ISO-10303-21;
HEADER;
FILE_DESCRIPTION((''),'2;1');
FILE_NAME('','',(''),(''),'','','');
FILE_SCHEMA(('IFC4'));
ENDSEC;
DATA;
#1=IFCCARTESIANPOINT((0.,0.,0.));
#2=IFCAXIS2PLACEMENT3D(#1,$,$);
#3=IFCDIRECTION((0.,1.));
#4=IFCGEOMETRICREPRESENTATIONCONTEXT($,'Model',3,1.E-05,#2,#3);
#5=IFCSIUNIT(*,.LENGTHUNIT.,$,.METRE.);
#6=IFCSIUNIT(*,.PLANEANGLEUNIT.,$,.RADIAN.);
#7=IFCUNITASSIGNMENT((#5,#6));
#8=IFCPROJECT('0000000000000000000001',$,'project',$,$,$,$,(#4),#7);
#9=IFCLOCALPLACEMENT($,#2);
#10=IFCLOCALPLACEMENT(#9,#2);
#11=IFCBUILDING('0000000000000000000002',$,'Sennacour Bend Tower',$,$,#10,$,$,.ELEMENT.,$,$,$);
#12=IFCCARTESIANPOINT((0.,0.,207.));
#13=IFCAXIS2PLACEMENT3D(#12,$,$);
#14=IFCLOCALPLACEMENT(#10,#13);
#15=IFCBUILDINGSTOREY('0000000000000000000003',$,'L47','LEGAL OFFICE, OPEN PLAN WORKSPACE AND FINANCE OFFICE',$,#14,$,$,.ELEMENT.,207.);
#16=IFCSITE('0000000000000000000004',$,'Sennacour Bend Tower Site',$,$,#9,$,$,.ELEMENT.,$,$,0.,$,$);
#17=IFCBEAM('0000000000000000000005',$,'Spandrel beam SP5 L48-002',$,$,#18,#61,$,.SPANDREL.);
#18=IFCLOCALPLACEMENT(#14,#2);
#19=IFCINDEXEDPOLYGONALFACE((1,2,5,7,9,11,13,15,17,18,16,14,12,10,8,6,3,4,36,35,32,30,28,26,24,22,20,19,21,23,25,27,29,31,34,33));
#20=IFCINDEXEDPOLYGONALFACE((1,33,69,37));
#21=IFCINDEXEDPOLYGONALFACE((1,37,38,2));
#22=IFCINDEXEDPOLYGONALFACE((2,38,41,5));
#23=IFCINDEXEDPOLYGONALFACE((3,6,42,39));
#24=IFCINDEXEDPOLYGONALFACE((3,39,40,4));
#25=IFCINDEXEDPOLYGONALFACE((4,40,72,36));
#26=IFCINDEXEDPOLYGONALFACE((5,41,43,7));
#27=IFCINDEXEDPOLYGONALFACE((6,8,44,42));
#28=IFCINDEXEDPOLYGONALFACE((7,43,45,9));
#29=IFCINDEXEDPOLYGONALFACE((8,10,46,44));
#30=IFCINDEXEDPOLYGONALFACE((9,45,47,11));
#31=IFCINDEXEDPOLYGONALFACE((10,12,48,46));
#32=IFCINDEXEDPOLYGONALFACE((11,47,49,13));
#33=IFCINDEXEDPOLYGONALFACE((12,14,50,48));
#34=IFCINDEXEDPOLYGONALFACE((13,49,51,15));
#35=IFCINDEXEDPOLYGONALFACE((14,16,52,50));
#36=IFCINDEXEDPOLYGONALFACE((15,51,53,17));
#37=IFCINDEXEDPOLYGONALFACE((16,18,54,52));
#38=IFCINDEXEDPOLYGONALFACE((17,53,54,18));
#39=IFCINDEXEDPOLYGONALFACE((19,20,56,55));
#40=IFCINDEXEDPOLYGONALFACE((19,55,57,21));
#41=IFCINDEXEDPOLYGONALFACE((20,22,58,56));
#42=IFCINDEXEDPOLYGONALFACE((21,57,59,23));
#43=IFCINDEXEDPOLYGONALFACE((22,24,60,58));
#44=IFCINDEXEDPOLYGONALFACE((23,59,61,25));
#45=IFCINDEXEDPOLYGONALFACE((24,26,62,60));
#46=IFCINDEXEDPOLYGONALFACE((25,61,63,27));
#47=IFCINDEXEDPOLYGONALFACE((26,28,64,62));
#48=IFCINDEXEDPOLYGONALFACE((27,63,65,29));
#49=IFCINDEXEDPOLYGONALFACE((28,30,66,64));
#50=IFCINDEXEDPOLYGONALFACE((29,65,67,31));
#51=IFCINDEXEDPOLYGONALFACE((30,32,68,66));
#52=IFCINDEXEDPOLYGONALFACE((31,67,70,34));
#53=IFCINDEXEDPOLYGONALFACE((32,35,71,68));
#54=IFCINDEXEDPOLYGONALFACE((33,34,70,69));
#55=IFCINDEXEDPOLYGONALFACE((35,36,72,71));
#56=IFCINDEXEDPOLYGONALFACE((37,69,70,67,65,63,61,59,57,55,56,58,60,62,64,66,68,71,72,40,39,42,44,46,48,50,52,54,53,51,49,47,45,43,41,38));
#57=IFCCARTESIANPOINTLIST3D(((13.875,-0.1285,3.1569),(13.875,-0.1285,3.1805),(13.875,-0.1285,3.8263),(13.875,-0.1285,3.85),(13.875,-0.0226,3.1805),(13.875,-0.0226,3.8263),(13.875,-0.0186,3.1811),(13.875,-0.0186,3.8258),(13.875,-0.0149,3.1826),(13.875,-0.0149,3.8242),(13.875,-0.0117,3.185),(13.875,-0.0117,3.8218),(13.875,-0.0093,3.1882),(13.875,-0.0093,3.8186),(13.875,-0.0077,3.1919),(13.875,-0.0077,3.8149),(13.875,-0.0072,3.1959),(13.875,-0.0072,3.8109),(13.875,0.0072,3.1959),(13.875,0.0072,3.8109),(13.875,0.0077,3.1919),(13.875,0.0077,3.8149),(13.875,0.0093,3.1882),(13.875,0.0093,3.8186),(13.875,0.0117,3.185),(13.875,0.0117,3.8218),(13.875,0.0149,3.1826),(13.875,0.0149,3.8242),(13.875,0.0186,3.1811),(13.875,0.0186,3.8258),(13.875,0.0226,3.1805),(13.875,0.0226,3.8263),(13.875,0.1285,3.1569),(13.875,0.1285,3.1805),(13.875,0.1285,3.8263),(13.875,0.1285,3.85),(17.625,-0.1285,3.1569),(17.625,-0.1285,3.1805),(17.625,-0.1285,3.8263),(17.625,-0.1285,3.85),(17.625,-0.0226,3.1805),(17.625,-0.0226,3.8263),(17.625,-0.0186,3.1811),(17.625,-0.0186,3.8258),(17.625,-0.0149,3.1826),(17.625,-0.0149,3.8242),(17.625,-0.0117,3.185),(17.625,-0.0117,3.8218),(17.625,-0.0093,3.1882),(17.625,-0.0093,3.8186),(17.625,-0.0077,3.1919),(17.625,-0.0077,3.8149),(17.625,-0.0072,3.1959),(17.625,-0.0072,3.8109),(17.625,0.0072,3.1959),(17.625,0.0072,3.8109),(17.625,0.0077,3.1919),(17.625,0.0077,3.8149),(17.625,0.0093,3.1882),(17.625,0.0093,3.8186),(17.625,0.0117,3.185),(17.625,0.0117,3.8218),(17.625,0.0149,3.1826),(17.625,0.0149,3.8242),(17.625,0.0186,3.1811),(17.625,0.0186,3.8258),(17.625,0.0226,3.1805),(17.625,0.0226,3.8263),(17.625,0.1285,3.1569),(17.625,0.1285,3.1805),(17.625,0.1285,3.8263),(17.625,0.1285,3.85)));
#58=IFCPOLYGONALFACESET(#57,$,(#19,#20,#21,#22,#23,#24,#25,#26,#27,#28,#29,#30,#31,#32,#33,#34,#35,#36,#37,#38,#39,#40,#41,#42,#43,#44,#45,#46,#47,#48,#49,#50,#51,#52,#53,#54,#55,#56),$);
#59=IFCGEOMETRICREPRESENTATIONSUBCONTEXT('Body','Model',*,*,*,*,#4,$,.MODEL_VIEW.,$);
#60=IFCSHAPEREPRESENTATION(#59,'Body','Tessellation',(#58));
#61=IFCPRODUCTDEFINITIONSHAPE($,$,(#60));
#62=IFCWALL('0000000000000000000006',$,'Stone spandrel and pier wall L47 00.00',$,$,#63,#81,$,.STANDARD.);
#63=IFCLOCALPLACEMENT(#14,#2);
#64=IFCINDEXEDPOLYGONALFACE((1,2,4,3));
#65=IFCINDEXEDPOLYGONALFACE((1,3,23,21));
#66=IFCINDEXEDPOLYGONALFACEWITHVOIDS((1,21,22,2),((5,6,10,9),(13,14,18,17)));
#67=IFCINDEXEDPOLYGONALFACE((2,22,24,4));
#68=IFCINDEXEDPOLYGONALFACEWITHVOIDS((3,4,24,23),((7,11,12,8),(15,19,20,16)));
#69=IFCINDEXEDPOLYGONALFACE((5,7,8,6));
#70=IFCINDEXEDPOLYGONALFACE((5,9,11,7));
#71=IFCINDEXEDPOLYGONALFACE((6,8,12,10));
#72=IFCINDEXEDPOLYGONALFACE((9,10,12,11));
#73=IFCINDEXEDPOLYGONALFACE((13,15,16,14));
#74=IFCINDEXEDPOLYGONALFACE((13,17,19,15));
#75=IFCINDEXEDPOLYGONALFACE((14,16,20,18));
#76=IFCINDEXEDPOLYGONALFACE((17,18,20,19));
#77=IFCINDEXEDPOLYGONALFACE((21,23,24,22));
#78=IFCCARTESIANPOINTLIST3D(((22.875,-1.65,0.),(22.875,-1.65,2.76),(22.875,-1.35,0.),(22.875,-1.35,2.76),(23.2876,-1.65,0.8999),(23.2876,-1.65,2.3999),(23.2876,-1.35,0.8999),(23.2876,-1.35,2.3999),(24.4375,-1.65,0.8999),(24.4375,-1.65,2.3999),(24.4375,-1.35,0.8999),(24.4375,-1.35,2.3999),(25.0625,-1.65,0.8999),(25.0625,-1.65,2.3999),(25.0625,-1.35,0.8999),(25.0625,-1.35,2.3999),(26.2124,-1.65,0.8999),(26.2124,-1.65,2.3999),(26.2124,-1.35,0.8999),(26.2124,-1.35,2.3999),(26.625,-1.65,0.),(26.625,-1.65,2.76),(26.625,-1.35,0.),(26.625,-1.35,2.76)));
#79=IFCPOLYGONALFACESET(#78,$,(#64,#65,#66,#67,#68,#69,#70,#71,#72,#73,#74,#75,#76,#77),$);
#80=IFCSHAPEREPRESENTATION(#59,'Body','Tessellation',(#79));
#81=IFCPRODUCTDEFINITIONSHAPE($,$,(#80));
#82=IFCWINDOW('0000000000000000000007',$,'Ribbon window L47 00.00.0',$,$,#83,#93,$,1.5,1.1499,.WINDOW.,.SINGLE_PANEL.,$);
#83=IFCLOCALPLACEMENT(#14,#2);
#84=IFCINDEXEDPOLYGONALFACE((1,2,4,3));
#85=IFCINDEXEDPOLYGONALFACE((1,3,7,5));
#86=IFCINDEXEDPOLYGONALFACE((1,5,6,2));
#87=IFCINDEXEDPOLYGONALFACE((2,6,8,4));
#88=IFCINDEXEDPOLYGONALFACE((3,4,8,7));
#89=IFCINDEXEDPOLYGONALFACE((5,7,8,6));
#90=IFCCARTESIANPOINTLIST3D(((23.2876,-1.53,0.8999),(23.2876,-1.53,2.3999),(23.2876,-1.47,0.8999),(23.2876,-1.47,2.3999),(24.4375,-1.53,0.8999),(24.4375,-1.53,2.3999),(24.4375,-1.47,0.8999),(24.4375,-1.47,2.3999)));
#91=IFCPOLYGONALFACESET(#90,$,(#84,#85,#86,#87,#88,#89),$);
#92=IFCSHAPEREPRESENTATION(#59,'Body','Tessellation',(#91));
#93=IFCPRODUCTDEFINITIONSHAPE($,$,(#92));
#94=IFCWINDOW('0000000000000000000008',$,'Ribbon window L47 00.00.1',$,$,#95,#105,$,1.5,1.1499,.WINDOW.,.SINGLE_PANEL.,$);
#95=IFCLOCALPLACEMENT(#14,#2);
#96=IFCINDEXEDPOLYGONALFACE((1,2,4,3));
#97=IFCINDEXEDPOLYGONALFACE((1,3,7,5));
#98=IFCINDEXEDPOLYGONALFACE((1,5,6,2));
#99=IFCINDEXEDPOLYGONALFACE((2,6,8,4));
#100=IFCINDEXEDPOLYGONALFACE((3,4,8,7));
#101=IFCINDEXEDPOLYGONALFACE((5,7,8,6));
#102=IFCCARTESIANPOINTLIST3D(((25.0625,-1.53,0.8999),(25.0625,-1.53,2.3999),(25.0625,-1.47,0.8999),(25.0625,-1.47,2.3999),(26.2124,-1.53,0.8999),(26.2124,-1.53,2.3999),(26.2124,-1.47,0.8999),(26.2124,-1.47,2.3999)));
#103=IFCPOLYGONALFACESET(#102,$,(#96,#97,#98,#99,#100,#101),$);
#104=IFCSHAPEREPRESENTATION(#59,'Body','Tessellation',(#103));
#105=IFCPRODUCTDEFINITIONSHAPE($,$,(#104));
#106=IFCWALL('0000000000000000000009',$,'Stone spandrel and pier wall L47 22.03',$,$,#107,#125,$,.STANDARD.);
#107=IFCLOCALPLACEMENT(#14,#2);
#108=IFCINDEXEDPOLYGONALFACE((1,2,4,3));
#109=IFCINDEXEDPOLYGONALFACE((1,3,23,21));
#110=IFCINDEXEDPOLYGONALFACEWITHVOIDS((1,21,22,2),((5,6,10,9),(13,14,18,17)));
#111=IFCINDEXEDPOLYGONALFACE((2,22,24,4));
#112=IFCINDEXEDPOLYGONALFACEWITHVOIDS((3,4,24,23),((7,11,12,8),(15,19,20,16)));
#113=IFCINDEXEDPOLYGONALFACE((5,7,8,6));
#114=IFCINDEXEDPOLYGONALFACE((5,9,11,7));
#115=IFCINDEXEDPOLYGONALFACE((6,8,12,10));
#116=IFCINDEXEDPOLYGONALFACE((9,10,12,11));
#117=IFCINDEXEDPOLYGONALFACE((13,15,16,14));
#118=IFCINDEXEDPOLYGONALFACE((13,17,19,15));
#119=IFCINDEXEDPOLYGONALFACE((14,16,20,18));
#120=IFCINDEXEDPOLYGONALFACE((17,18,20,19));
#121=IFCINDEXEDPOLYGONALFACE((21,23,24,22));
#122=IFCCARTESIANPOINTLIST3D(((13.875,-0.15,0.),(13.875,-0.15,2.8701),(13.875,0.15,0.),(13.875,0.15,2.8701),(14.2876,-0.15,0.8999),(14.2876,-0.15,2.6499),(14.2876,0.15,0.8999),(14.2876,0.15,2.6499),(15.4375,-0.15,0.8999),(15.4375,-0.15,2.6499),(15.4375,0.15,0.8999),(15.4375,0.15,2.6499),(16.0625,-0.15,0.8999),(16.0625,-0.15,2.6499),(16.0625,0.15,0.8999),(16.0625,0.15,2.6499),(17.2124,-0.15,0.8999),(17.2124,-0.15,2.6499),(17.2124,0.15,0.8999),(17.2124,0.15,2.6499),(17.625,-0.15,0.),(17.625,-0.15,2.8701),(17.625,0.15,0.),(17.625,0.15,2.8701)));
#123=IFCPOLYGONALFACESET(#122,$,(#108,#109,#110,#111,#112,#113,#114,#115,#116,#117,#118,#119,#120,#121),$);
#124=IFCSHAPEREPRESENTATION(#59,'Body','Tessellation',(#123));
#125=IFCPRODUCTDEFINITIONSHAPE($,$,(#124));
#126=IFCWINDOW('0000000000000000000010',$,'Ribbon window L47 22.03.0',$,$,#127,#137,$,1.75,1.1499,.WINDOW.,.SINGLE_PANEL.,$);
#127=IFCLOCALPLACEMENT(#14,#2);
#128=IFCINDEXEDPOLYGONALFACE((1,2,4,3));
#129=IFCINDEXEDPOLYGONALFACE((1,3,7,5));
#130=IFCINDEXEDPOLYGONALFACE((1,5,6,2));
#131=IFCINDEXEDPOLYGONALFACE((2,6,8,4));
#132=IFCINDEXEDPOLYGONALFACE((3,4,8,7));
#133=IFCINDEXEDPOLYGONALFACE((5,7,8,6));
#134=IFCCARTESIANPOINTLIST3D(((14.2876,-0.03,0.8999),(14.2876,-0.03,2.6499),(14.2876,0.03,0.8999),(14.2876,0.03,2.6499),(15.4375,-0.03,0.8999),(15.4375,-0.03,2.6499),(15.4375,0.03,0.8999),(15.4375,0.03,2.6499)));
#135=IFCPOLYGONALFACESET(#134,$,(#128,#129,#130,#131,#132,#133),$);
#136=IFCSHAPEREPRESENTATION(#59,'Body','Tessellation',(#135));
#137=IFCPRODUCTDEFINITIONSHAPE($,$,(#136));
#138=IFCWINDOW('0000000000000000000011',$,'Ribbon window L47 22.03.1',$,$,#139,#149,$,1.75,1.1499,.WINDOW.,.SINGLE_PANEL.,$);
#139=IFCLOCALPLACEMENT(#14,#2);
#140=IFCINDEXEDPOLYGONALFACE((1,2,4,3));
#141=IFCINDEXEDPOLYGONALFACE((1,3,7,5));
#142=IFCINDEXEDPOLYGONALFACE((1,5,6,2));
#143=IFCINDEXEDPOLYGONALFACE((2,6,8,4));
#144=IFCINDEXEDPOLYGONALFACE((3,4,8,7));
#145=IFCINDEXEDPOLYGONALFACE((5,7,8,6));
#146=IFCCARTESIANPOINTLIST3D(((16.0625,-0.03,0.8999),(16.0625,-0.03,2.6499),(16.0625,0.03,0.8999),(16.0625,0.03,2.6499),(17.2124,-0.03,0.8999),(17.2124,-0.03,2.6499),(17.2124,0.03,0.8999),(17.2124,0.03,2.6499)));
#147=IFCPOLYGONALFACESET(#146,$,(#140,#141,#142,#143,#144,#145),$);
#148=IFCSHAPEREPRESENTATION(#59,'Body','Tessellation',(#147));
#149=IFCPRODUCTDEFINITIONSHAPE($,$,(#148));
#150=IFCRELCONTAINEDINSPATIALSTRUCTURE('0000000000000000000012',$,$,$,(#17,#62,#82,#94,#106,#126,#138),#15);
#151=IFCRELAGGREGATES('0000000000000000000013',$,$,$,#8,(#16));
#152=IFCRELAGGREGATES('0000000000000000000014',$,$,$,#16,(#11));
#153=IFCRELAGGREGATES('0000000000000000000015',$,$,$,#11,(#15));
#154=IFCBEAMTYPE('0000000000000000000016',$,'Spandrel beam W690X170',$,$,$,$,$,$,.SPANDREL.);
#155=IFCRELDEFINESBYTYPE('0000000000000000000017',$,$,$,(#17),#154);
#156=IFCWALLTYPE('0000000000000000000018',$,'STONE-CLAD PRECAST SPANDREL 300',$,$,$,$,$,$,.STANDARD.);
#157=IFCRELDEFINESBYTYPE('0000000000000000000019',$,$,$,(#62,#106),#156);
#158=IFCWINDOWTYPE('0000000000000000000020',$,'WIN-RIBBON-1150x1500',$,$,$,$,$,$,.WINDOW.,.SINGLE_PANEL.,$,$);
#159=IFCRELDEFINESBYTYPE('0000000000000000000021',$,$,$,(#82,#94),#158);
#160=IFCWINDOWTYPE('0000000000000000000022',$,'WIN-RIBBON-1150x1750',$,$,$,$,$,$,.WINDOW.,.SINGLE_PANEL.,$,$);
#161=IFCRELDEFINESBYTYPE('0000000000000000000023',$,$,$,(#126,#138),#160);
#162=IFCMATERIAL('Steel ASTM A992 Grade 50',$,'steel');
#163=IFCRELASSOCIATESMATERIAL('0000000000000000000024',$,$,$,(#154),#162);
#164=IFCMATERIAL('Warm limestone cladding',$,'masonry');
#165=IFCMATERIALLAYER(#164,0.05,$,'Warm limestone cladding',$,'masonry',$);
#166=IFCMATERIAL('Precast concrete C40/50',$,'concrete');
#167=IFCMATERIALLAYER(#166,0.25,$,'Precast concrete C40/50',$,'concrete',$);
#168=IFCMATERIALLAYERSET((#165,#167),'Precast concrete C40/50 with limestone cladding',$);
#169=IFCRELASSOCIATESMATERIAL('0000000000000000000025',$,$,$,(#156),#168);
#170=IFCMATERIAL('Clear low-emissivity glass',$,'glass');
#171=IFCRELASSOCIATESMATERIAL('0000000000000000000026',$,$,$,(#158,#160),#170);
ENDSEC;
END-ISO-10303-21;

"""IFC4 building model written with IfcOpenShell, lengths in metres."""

from ifc_helpers import new_model, si_unit, direction, frame, frame_2d, origin, origin_2d, place, context, subcontext, project, spatial, rectangle, i_section, extrude, material, layer, layer_set, material_profile, profile_set, type_object, element, fill, save


model = new_model("IFC4")

# Units and contexts
model_context = context("Model", 3, precision=1e-05, world=origin(), true_north=direction((0.0, 1.0)))
body_context = subcontext(model_context, "Body", "Model", "MODEL_VIEW")
ifc_project = project(units=[si_unit("LENGTHUNIT", "METRE"), si_unit("PLANEANGLEUNIT", "RADIAN")], contexts=[model_context])

# Site, building, storey
site_placement = place(None, origin())
site = spatial("IfcSite", under=ifc_project, at=site_placement, Name="Sennacour Bend Tower Site", CompositionType="ELEMENT", RefElevation=0.0)
building_placement = place(site_placement, origin())
building = spatial("IfcBuilding", under=site, at=building_placement, Name="Sennacour Bend Tower", CompositionType="ELEMENT")
storey_placement = place(building_placement, frame((0.0, 0.0, 207.0)))
storey = spatial("IfcBuildingStorey", under=building, at=storey_placement, Name="L47", Description="LEGAL OFFICE, OPEN PLAN WORKSPACE AND FINANCE OFFICE", CompositionType="ELEMENT", Elevation=207.0)

# Beam
ifc_material_1 = material(Name="Steel ASTM A992 Grade 50", Category="steel")
ifc_material_profile_1 = material_profile(ifc_material_1, i_section(OverallWidth=0.2571, OverallDepth=0.6931, WebThickness=0.0144, FlangeThickness=0.0237, FilletRadius=0.0154, at=origin_2d()), Name="Steel ASTM A992 Grade 50", Category="steel")
ifc_profile_set_1 = profile_set([ifc_material_profile_1], Name="Steel ASTM A992 Grade 50")
beam_type_1 = type_object("IfcBeamType", Name="Spandrel beam W690X170", PredefinedType="SPANDREL", material=ifc_profile_set_1)
for number, where, z_axis, x_axis, name in (
    (1, (17.625, 0.0, 3.5034), (-1.0, 0.0, 0.0), (0.0, -1.0, 0.0), "Spandrel beam SP5 L48-002"),
):
    element("IfcBeam", number, at=place(storey_placement, frame(where, z_axis=z_axis, x_axis=x_axis)), inside=storey, type_object=beam_type_1, Name=name, PredefinedType="SPANDREL", context=body_context, shape_type="SweptSolid", body=[
        extrude(i_section(OverallWidth=0.2571, OverallDepth=0.6931, WebThickness=0.0144, FlangeThickness=0.0237, FilletRadius=0.0154, at=origin_2d()), origin(), (0.0, 0.0, 1.0), 3.75),
    ])

# Walls, openings, windows
ifc_material_2 = material(Name="Warm limestone cladding", Category="masonry")
ifc_layer_1 = layer(ifc_material_2, 0.05, Name="Warm limestone cladding", Category="masonry")
ifc_material_3 = material(Name="Precast concrete C40/50", Category="concrete")
ifc_layer_2 = layer(ifc_material_3, 0.25, Name="Precast concrete C40/50", Category="concrete")
ifc_layer_set = layer_set([ifc_layer_1, ifc_layer_2], Name="Precast concrete C40/50 with limestone cladding")
wall_type = type_object("IfcWallType", Name="STONE-CLAD PRECAST SPANDREL 300", PredefinedType="STANDARD", material=ifc_layer_set)
wall_1_placement = place(storey_placement, frame((22.875, -1.5, 0.0), z_axis=(0.0, 0.0, 1.0), x_axis=(1.0, 0.0, 0.0)))
wall_1 = element("IfcWall", 2, at=wall_1_placement, inside=storey, type_object=wall_type, Name="Stone spandrel and pier wall L47 00.00", PredefinedType="STANDARD", context=body_context, shape_type="SweptSolid", body=[
    extrude(rectangle(XDim=3.75, YDim=0.3, at=frame_2d((1.875, 0.0))), origin(), (0.0, 0.0, 1.0), 2.76),
])
opening_1_placement = place(wall_1_placement, frame((0.4126, 0.0, 0.8999)))
opening_1 = element("IfcOpeningElement", 3, at=opening_1_placement, cuts=wall_1, PredefinedType="OPENING", context=body_context, shape_type="SweptSolid", body=[
    extrude(rectangle(XDim=1.1499, YDim=1.5, at=frame_2d((0.575, 0.75))), frame((0.0, 0.1602, 0.0), z_axis=(0.0, -1.0, 0.0), x_axis=(1.0, 0.0, 0.0)), (0.0, 0.0, 1.0), 0.3201),
])
opening_2_placement = place(wall_1_placement, frame((2.1875, 0.0, 0.8999)))
opening_2 = element("IfcOpeningElement", 4, at=opening_2_placement, cuts=wall_1, PredefinedType="OPENING", context=body_context, shape_type="SweptSolid", body=[
    extrude(rectangle(XDim=1.1499, YDim=1.5, at=frame_2d((0.575, 0.75))), frame((0.0, 0.1602, 0.0), z_axis=(0.0, -1.0, 0.0), x_axis=(1.0, 0.0, 0.0)), (0.0, 0.0, 1.0), 0.3201),
])
ifc_material_4 = material(Name="Clear low-emissivity glass", Category="glass")
window_type_1 = type_object("IfcWindowType", Name="WIN-RIBBON-1150x1500", PartitioningType="SINGLE_PANEL", PredefinedType="WINDOW", material=ifc_material_4)
window_1_placement = place(opening_1_placement, origin())
window_1 = element("IfcWindow", 5, at=window_1_placement, inside=storey, type_object=window_type_1, Name="Ribbon window L47 00.00.0", OverallHeight=1.5, OverallWidth=1.1499, PartitioningType="SINGLE_PANEL", PredefinedType="WINDOW", context=body_context, shape_type="SweptSolid", body=[
    extrude(rectangle(XDim=1.1499, YDim=1.5, at=frame_2d((0.575, 0.75))), frame((0.0, 0.03, 0.0), z_axis=(0.0, -1.0, 0.0), x_axis=(1.0, 0.0, 0.0)), (0.0, 0.0, 1.0), 0.0601),
])
fill(opening_1, window_1)
window_2_placement = place(opening_2_placement, origin())
window_2 = element("IfcWindow", 6, at=window_2_placement, inside=storey, type_object=window_type_1, Name="Ribbon window L47 00.00.1", OverallHeight=1.5, OverallWidth=1.1499, PartitioningType="SINGLE_PANEL", PredefinedType="WINDOW", context=body_context, shape_type="SweptSolid", body=[
    extrude(rectangle(XDim=1.1499, YDim=1.5, at=frame_2d((0.575, 0.75))), frame((0.0, 0.03, 0.0), z_axis=(0.0, -1.0, 0.0), x_axis=(1.0, 0.0, 0.0)), (0.0, 0.0, 1.0), 0.0601),
])
fill(opening_2, window_2)
wall_2_placement = place(storey_placement, frame((13.875, 0.0, 0.0), z_axis=(0.0, 0.0, 1.0), x_axis=(1.0, 0.0, 0.0)))
wall_2 = element("IfcWall", 7, at=wall_2_placement, inside=storey, type_object=wall_type, Name="Stone spandrel and pier wall L47 22.03", PredefinedType="STANDARD", context=body_context, shape_type="SweptSolid", body=[
    extrude(rectangle(XDim=3.75, YDim=0.3, at=frame_2d((1.875, 0.0))), origin(), (0.0, 0.0, 1.0), 2.8701),
])
opening_3_placement = place(wall_2_placement, frame((0.4126, 0.0, 0.8999)))
opening_3 = element("IfcOpeningElement", 8, at=opening_3_placement, cuts=wall_2, PredefinedType="OPENING", context=body_context, shape_type="SweptSolid", body=[
    extrude(rectangle(XDim=1.1499, YDim=1.75, at=frame_2d((0.575, 0.875))), frame((0.0, 0.1602, 0.0), z_axis=(0.0, -1.0, 0.0), x_axis=(1.0, 0.0, 0.0)), (0.0, 0.0, 1.0), 0.3201),
])
opening_4_placement = place(wall_2_placement, frame((2.1875, 0.0, 0.8999)))
opening_4 = element("IfcOpeningElement", 9, at=opening_4_placement, cuts=wall_2, PredefinedType="OPENING", context=body_context, shape_type="SweptSolid", body=[
    extrude(rectangle(XDim=1.1499, YDim=1.75, at=frame_2d((0.575, 0.875))), frame((0.0, 0.1602, 0.0), z_axis=(0.0, -1.0, 0.0), x_axis=(1.0, 0.0, 0.0)), (0.0, 0.0, 1.0), 0.3201),
])
window_type_2 = type_object("IfcWindowType", Name="WIN-RIBBON-1150x1750", PartitioningType="SINGLE_PANEL", PredefinedType="WINDOW", material=ifc_material_4)
window_3_placement = place(opening_3_placement, origin())
window_3 = element("IfcWindow", 10, at=window_3_placement, inside=storey, type_object=window_type_2, Name="Ribbon window L47 22.03.0", OverallHeight=1.75, OverallWidth=1.1499, PartitioningType="SINGLE_PANEL", PredefinedType="WINDOW", context=body_context, shape_type="SweptSolid", body=[
    extrude(rectangle(XDim=1.1499, YDim=1.75, at=frame_2d((0.575, 0.875))), frame((0.0, 0.03, 0.0), z_axis=(0.0, -1.0, 0.0), x_axis=(1.0, 0.0, 0.0)), (0.0, 0.0, 1.0), 0.0601),
])
fill(opening_3, window_3)
window_4_placement = place(opening_4_placement, origin())
window_4 = element("IfcWindow", 11, at=window_4_placement, inside=storey, type_object=window_type_2, Name="Ribbon window L47 22.03.1", OverallHeight=1.75, OverallWidth=1.1499, PartitioningType="SINGLE_PANEL", PredefinedType="WINDOW", context=body_context, shape_type="SweptSolid", body=[
    extrude(rectangle(XDim=1.1499, YDim=1.75, at=frame_2d((0.575, 0.875))), frame((0.0, 0.03, 0.0), z_axis=(0.0, -1.0, 0.0), x_axis=(1.0, 0.0, 0.0)), (0.0, 0.0, 1.0), 0.0601),
])
fill(opening_4, window_4)

save(model, "model.ifc")
